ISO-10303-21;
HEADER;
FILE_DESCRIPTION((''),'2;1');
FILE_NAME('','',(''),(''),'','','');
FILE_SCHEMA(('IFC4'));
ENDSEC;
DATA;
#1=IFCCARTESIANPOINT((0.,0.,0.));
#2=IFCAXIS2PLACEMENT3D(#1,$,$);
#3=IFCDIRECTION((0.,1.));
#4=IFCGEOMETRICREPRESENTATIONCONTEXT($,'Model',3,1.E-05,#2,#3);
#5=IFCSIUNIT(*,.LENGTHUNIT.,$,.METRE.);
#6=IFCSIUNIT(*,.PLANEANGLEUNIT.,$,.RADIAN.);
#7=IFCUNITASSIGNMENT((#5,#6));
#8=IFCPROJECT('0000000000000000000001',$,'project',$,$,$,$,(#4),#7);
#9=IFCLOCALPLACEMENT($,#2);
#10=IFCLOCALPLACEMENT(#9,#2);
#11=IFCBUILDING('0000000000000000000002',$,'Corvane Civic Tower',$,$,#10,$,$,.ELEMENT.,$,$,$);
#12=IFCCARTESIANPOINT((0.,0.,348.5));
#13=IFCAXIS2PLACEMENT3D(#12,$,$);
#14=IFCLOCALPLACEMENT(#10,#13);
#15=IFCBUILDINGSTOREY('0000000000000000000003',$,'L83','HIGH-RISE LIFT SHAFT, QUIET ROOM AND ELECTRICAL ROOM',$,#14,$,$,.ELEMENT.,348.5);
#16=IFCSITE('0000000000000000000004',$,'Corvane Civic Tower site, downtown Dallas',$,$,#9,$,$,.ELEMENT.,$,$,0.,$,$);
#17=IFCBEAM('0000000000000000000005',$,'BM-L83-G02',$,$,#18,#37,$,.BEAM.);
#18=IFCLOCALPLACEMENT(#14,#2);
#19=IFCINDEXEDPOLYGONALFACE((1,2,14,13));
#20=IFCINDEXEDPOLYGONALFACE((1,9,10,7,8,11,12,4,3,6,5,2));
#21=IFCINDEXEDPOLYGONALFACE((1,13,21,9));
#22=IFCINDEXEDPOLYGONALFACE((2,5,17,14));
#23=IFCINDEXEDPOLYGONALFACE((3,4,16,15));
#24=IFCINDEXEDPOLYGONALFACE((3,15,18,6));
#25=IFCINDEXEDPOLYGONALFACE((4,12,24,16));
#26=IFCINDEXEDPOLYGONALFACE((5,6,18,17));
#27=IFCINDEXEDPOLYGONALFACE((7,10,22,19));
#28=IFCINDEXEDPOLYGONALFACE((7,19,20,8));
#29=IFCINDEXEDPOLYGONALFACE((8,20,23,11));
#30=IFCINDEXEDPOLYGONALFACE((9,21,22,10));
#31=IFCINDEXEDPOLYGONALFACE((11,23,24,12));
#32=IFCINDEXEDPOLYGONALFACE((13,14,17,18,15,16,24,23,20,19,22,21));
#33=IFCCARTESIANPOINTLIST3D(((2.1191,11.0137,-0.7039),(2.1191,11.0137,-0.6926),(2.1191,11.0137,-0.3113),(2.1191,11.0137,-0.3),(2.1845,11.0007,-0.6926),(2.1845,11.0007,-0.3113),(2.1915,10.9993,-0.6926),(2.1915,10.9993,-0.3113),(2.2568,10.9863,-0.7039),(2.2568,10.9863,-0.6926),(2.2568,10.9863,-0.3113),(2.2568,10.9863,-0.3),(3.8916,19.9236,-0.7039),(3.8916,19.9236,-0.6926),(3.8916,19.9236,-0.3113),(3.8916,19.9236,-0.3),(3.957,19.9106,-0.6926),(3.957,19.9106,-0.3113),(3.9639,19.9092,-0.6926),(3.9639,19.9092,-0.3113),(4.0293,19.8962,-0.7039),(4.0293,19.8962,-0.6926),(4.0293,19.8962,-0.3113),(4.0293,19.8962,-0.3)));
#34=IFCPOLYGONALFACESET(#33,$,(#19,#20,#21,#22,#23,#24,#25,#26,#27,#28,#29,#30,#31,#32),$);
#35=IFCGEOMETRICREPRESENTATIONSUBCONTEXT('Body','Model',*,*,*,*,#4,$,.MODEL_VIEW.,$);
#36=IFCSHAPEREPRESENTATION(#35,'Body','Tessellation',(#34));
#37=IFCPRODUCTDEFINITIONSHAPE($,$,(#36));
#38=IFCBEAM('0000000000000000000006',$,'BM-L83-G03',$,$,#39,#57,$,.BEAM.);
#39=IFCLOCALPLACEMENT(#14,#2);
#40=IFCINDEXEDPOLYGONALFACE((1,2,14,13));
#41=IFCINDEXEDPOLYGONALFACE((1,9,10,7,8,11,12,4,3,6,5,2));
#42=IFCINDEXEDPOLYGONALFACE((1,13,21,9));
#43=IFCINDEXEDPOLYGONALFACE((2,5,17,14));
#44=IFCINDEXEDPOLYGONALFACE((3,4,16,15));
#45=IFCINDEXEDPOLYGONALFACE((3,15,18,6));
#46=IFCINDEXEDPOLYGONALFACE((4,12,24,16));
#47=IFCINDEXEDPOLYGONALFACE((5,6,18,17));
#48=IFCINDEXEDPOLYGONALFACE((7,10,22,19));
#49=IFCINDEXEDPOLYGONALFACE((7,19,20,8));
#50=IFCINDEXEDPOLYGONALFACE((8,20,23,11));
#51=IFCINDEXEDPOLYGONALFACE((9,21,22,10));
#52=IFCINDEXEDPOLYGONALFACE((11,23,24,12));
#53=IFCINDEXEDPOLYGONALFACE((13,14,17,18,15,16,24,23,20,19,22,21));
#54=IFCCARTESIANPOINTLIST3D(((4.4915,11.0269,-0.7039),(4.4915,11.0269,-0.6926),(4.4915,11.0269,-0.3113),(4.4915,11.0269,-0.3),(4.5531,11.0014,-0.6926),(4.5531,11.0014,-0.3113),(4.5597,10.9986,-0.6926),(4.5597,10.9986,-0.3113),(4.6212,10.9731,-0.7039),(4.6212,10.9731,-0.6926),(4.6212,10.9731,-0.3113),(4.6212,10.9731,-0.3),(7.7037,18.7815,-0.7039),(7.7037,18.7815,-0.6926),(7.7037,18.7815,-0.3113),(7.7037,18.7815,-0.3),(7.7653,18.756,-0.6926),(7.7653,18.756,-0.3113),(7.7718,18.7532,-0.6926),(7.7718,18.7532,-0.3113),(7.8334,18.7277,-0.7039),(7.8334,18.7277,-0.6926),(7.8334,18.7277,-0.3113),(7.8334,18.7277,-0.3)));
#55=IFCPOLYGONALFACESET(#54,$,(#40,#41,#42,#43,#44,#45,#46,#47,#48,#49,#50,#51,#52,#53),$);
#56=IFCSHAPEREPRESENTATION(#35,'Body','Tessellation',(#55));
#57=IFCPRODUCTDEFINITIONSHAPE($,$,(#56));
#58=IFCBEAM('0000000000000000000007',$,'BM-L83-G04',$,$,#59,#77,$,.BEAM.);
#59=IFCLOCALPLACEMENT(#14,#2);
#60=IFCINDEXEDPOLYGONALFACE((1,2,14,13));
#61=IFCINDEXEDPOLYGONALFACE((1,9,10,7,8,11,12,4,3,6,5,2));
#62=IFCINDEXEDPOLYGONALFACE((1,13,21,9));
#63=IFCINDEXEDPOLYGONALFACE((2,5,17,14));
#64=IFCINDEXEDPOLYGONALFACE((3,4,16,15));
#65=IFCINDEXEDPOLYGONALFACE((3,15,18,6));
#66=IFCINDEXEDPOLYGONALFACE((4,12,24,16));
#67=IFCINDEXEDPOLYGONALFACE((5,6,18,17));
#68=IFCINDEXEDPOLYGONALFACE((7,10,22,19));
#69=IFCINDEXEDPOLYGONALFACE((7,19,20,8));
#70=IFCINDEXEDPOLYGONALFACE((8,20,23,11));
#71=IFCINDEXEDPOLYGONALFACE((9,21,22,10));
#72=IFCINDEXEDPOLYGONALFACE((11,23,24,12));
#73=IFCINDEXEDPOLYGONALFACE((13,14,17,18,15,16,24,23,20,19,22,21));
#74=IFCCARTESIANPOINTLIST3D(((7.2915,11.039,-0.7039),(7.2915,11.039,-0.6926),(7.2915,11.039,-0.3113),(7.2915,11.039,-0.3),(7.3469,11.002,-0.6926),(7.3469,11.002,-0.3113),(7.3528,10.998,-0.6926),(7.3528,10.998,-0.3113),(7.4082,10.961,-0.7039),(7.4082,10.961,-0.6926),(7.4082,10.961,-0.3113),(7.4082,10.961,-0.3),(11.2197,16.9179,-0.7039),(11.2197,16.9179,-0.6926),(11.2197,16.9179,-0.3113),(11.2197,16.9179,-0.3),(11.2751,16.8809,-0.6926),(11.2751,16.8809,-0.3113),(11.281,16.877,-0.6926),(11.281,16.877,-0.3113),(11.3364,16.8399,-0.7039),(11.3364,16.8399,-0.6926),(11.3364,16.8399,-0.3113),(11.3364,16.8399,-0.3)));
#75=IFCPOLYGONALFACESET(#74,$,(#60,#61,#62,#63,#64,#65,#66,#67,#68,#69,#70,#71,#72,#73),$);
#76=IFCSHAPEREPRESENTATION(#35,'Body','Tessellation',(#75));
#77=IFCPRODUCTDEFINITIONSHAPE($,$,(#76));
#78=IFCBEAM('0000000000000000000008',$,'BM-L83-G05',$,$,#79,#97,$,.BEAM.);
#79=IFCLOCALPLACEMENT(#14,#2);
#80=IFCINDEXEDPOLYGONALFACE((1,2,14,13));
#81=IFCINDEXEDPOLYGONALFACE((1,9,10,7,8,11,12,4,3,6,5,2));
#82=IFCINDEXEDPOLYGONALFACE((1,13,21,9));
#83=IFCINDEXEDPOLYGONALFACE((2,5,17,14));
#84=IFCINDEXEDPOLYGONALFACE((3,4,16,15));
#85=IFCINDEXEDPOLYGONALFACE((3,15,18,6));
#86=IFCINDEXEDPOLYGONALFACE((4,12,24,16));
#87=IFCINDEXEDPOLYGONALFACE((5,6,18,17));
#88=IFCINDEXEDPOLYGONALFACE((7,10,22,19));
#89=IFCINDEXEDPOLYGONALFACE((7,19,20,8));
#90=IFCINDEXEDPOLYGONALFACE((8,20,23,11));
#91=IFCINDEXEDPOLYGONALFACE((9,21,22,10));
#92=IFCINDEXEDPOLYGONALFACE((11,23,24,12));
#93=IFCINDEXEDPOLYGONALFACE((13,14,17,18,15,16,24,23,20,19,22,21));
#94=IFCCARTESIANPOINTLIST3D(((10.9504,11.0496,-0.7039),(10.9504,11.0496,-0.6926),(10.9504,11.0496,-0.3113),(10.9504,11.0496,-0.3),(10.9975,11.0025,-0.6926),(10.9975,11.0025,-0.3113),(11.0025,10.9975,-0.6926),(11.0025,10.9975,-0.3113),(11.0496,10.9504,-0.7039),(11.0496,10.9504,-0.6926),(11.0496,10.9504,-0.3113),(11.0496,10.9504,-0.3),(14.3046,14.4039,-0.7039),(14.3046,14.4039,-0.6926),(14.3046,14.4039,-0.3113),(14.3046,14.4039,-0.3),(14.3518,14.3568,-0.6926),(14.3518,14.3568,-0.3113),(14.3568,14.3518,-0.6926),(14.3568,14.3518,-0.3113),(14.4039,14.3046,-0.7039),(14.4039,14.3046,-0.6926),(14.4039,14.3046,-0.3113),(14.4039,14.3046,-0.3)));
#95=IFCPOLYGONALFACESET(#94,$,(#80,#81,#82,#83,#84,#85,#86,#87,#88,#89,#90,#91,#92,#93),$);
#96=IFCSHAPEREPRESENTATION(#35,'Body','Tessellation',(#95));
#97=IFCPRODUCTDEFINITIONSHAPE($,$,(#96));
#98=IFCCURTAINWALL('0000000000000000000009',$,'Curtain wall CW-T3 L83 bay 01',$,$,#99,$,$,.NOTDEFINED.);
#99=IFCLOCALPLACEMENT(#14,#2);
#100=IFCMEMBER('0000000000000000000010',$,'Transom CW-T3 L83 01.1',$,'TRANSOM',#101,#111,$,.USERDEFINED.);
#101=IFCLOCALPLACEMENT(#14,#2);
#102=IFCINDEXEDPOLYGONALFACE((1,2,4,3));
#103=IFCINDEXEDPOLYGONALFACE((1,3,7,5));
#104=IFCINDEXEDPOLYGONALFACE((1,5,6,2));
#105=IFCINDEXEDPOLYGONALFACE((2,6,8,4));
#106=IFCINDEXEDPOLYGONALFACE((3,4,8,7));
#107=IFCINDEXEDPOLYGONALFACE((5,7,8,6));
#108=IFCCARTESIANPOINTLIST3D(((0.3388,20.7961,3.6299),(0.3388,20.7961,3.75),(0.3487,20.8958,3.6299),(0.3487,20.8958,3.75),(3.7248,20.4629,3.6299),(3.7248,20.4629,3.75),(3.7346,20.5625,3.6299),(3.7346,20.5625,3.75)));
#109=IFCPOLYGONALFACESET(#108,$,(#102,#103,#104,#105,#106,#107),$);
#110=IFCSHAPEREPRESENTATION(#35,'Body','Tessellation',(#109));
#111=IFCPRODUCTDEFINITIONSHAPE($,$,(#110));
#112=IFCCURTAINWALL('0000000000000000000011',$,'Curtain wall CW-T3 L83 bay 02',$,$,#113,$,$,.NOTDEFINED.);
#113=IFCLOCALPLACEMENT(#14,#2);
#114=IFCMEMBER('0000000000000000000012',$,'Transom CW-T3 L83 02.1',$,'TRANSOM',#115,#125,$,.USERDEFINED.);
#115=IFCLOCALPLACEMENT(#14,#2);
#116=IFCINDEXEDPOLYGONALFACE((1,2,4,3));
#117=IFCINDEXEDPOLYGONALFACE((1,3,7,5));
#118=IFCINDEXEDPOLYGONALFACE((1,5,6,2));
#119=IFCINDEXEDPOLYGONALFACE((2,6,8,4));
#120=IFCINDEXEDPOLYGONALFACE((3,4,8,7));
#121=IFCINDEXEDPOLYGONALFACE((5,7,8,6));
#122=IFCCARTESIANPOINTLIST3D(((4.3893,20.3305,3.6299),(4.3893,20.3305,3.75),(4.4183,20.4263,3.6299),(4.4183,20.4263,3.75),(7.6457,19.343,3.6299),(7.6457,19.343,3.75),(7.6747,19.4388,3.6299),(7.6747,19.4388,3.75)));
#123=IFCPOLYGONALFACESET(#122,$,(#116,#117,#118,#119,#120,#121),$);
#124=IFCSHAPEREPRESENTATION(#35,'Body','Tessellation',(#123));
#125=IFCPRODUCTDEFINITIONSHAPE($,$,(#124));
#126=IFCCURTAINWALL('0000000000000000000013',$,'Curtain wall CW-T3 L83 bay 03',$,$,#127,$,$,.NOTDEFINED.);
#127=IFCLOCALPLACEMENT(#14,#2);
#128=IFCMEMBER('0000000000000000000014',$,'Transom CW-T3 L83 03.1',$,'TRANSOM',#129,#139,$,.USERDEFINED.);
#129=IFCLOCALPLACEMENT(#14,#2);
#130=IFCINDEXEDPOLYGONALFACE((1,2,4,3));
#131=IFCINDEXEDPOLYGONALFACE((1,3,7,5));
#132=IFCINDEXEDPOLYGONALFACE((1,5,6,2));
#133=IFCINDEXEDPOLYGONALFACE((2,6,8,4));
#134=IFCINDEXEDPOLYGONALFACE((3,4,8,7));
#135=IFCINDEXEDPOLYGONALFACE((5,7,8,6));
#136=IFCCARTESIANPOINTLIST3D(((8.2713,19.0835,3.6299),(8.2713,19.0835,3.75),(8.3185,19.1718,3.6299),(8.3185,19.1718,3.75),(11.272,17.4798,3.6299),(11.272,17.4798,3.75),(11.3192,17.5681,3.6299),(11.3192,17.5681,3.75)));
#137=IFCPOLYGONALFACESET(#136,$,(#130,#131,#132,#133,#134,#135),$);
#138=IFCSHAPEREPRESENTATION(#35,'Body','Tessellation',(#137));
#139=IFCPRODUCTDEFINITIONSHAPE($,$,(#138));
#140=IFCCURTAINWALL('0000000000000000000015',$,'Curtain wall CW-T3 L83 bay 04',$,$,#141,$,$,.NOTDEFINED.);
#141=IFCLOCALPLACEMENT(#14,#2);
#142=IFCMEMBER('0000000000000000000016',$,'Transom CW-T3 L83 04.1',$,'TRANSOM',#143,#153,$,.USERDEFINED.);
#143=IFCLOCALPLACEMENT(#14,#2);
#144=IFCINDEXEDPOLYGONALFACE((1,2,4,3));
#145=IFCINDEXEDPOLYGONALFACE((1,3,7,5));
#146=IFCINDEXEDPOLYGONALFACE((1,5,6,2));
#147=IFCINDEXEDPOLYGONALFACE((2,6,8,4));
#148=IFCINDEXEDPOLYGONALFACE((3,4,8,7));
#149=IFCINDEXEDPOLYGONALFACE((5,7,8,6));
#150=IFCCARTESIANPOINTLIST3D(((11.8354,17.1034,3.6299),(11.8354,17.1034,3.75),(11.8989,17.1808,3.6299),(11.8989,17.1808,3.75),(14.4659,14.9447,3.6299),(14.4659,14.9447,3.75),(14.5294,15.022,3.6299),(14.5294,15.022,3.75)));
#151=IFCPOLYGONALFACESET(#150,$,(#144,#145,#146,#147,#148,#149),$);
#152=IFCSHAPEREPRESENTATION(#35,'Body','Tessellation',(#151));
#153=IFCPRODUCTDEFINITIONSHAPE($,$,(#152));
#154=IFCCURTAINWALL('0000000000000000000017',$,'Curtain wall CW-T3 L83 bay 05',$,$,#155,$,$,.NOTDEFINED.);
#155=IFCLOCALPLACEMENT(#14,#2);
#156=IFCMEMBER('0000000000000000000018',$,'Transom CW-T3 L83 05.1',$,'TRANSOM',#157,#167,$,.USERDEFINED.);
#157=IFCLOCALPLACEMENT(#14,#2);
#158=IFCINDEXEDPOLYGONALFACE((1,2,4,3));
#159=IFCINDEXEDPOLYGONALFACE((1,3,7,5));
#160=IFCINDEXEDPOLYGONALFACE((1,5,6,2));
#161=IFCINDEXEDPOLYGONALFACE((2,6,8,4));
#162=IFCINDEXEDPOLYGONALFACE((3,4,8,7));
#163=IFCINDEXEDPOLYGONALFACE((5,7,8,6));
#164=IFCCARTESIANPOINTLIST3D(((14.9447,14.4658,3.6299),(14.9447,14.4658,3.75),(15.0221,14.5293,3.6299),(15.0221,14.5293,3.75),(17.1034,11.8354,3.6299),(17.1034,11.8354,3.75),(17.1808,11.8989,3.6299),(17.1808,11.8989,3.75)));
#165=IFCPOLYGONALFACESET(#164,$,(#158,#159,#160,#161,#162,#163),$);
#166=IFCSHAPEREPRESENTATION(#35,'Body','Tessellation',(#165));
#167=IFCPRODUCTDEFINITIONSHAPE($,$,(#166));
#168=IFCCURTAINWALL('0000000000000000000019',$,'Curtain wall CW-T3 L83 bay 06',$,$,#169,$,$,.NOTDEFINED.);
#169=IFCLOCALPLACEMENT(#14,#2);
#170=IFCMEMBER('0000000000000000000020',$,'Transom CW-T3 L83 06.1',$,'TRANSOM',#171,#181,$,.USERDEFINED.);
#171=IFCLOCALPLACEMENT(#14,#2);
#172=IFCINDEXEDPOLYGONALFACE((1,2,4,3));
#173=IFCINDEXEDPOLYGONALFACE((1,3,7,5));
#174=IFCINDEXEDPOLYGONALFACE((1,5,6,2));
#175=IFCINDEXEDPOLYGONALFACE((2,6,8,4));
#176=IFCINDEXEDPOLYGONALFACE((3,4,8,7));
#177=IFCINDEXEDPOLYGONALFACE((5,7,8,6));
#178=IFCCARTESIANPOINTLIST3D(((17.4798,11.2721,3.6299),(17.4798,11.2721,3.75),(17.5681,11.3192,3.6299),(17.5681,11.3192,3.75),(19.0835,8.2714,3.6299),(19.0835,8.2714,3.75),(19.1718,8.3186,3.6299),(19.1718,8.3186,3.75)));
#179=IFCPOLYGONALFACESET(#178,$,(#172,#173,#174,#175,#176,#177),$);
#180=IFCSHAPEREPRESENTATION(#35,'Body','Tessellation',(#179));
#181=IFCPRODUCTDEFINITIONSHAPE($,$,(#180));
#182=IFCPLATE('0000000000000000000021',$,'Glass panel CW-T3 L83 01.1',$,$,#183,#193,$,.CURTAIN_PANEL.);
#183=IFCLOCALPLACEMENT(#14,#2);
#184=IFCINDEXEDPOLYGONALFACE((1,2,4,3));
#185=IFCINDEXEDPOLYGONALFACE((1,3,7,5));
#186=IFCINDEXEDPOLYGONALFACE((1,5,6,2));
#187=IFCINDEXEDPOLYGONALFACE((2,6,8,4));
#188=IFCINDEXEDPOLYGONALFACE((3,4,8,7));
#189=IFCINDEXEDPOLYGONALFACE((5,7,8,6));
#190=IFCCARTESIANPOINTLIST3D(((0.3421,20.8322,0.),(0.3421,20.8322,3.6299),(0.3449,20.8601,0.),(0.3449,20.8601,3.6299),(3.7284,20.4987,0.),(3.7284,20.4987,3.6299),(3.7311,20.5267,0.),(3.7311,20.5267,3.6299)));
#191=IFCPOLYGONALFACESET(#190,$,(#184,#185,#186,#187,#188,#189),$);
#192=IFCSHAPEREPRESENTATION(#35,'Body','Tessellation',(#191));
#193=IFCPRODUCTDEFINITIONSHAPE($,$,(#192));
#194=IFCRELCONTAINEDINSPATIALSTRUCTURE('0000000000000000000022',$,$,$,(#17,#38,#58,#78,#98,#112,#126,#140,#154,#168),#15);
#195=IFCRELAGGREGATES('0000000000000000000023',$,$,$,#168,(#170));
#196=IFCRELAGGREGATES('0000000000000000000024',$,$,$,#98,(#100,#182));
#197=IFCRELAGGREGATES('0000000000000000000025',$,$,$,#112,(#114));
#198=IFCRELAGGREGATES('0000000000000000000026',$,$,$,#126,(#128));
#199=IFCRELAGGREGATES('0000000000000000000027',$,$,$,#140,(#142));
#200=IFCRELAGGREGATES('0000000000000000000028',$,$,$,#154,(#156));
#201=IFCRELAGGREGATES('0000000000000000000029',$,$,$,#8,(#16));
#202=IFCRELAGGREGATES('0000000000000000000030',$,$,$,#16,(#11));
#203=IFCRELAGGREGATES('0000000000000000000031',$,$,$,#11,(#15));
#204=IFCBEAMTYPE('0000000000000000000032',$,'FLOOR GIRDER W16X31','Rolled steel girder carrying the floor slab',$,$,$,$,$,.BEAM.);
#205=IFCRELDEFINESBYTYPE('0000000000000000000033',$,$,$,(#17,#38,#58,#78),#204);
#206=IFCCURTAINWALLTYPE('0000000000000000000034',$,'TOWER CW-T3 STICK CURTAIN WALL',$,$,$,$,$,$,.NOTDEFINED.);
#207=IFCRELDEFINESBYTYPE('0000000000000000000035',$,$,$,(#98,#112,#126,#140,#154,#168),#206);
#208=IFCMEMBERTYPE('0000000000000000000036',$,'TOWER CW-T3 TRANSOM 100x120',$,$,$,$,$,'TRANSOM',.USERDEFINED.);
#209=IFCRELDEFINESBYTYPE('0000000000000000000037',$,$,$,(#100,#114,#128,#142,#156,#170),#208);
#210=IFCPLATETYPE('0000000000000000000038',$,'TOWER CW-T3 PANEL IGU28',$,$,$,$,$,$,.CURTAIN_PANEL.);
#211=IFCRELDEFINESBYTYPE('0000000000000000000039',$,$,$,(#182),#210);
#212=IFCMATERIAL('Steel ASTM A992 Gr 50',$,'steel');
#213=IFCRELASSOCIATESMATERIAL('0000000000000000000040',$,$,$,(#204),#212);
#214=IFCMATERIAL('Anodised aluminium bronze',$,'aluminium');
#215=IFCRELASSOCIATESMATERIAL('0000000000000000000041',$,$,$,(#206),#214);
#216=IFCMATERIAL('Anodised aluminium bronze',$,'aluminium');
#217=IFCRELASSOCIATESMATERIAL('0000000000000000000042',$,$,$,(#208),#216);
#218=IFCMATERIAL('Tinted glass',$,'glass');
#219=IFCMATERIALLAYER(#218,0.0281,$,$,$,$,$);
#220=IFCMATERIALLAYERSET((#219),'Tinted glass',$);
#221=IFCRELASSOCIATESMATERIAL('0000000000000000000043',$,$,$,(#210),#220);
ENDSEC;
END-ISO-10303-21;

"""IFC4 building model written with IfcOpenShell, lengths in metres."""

from ifc_helpers import new_model, si_unit, direction, frame, origin, origin_2d, place, context, subcontext, project, spatial, rectangle, i_section, extrude, material, layer, layer_set, material_profile, profile_set, type_object, element, aggregate, save


model = new_model("IFC4")

# Units and contexts
model_context = context("Model", 3, precision=1e-05, world=origin(), true_north=direction((0.0, 1.0)))
body_context = subcontext(model_context, "Body", "Model", "MODEL_VIEW")
ifc_project = project(units=[si_unit("LENGTHUNIT", "METRE"), si_unit("PLANEANGLEUNIT", "RADIAN")], contexts=[model_context])

# Site, building, storey
site_placement = place(None, origin())
site = spatial("IfcSite", under=ifc_project, at=site_placement, Name="Corvane Civic Tower site, downtown Dallas", CompositionType="ELEMENT", RefElevation=0.0)
building_placement = place(site_placement, origin())
building = spatial("IfcBuilding", under=site, at=building_placement, Name="Corvane Civic Tower", CompositionType="ELEMENT")
storey_placement = place(building_placement, frame((0.0, 0.0, 348.5)))
storey = spatial("IfcBuildingStorey", under=building, at=storey_placement, Name="L83", Description="HIGH-RISE LIFT SHAFT, QUIET ROOM AND ELECTRICAL ROOM", CompositionType="ELEMENT", Elevation=348.5)

# Beams
ifc_material_1 = material(Name="Steel ASTM A992 Gr 50", Category="steel")
ifc_material_profile_1 = material_profile(ifc_material_1, i_section(OverallWidth=0.1404, OverallDepth=0.4038, WebThickness=0.0071, FlangeThickness=0.0112, at=origin_2d()), Name="W16X31")
ifc_profile_set_1 = profile_set([ifc_material_profile_1], Name="Steel ASTM A992 Gr 50")
beam_type_1 = type_object("IfcBeamType", Name="FLOOR GIRDER W16X31", Description="Rolled steel girder carrying the floor slab", PredefinedType="BEAM", material=ifc_profile_set_1)
beam_1_placement = place(storey_placement, frame((2.188, 11.0, -0.502), z_axis=(0.195108, 0.980782, 0.0), x_axis=(-0.980782, 0.195108, 0.0)))
element("IfcBeam", 1, at=beam_1_placement, inside=storey, type_object=beam_type_1, Name="BM-L83-G02", PredefinedType="BEAM", context=body_context, shape_type="SweptSolid", body=[
    extrude(i_section(OverallWidth=0.1404, OverallDepth=0.4038, WebThickness=0.0071, FlangeThickness=0.0112, at=origin_2d()), origin(), (0.0, 0.0, 1.0), 9.0845),
])
beam_2_placement = place(storey_placement, frame((4.5564, 11.0, -0.502), z_axis=(0.382692, 0.923876, 0.0), x_axis=(-0.923876, 0.382692, 0.0)))
element("IfcBeam", 2, at=beam_2_placement, inside=storey, type_object=beam_type_1, Name="BM-L83-G03", PredefinedType="BEAM", context=body_context, shape_type="SweptSolid", body=[
    extrude(i_section(OverallWidth=0.1404, OverallDepth=0.4038, WebThickness=0.0071, FlangeThickness=0.0112, at=origin_2d()), origin(), (0.0, 0.0, 1.0), 8.3936),
])
beam_3_placement = place(storey_placement, frame((7.3499, 11.0, -0.502), z_axis=(0.555576, 0.831465, 0.0), x_axis=(-0.831465, 0.555576, 0.0)))
element("IfcBeam", 3, at=beam_3_placement, inside=storey, type_object=beam_type_1, Name="BM-L83-G04", PredefinedType="BEAM", context=body_context, shape_type="SweptSolid", body=[
    extrude(i_section(OverallWidth=0.1404, OverallDepth=0.4038, WebThickness=0.0071, FlangeThickness=0.0112, at=origin_2d()), origin(), (0.0, 0.0, 1.0), 7.0706),
])
beam_4_placement = place(storey_placement, frame((11.0, 11.0, -0.502), z_axis=(0.707107, 0.707107, 0.0), x_axis=(-0.707107, 0.707107, 0.0)))
element("IfcBeam", 4, at=beam_4_placement, inside=storey, type_object=beam_type_1, Name="BM-L83-G05", PredefinedType="BEAM", context=body_context, shape_type="SweptSolid", body=[
    extrude(i_section(OverallWidth=0.1404, OverallDepth=0.4038, WebThickness=0.0071, FlangeThickness=0.0112, at=origin_2d()), origin(), (0.0, 0.0, 1.0), 4.7437),
])

# Curtain walls, members
ifc_material_2 = material(Name="Anodised aluminium bronze", Category="aluminium")
curtain_wall_type = type_object("IfcCurtainWallType", Name="TOWER CW-T3 STICK CURTAIN WALL", PredefinedType="NOTDEFINED", material=ifc_material_2)
curtain_wall_1_placement = place(storey_placement, origin())
curtain_wall_1 = element("IfcCurtainWall", 5, at=curtain_wall_1_placement, inside=storey, type_object=curtain_wall_type, Name="Curtain wall CW-T3 L83 bay 01", PredefinedType="NOTDEFINED")
ifc_material_3 = material(Name="Anodised aluminium bronze", Category="aluminium")
ifc_material_profile_2 = material_profile(ifc_material_3, rectangle(XDim=0.1001, YDim=0.1201, at=origin_2d()), Name="TOWER CW-T3 TRANSOM 100x120")
ifc_profile_set_2 = profile_set([ifc_material_profile_2], Name="Anodised aluminium bronze")
member_type = type_object("IfcMemberType", Name="TOWER CW-T3 TRANSOM 100x120", ElementType="TRANSOM", PredefinedType="USERDEFINED", material=ifc_profile_set_2)
member_1_placement = place(storey_placement, frame((0.3438, 20.8459, 3.6899), z_axis=(0.995192, -0.097948, 0.0), x_axis=(0.097948, 0.995192, 0.0)))
member_1 = element("IfcMember", 6, at=member_1_placement, type_object=member_type, Name="Transom CW-T3 L83 01.1", ObjectType="TRANSOM", PredefinedType="USERDEFINED", context=body_context, shape_type="SweptSolid", body=[
    extrude(rectangle(XDim=0.1001, YDim=0.1201, at=origin_2d()), origin(), (0.0, 0.0, 1.0), 3.4023),
])
curtain_wall_2_placement = place(storey_placement, origin())
curtain_wall_2 = element("IfcCurtainWall", 7, at=curtain_wall_2_placement, inside=storey, type_object=curtain_wall_type, Name="Curtain wall CW-T3 L83 bay 02", PredefinedType="NOTDEFINED")
member_2_placement = place(storey_placement, frame((4.4038, 20.3784, 3.6899), z_axis=(0.956961, -0.290216, 0.0), x_axis=(0.290216, 0.956961, 0.0)))
member_2 = element("IfcMember", 8, at=member_2_placement, type_object=member_type, Name="Transom CW-T3 L83 02.1", ObjectType="TRANSOM", PredefinedType="USERDEFINED", context=body_context, shape_type="SweptSolid", body=[
    extrude(rectangle(XDim=0.1001, YDim=0.1201, at=origin_2d()), origin(), (0.0, 0.0, 1.0), 3.4028),
])
curtain_wall_3_placement = place(storey_placement, origin())
curtain_wall_3 = element("IfcCurtainWall", 9, at=curtain_wall_3_placement, inside=storey, type_object=curtain_wall_type, Name="Curtain wall CW-T3 L83 bay 03", PredefinedType="NOTDEFINED")
member_3_placement = place(storey_placement, frame((8.2949, 19.1277, 3.6899), z_axis=(0.881941, -0.471359, 0.0), x_axis=(0.471359, 0.881941, 0.0)))
member_3 = element("IfcMember", 10, at=member_3_placement, type_object=member_type, Name="Transom CW-T3 L83 03.1", ObjectType="TRANSOM", PredefinedType="USERDEFINED", context=body_context, shape_type="SweptSolid", body=[
    extrude(rectangle(XDim=0.1001, YDim=0.1201, at=origin_2d()), origin(), (0.0, 0.0, 1.0), 3.4023),
])
curtain_wall_4_placement = place(storey_placement, origin())
curtain_wall_4 = element("IfcCurtainWall", 11, at=curtain_wall_4_placement, inside=storey, type_object=curtain_wall_type, Name="Curtain wall CW-T3 L83 bay 04", PredefinedType="NOTDEFINED")
member_4_placement = place(storey_placement, frame((11.8672, 17.1421, 3.6899), z_axis=(0.77301, -0.634394, 0.0), x_axis=(0.634394, 0.77301, 0.0)))
member_4 = element("IfcMember", 12, at=member_4_placement, type_object=member_type, Name="Transom CW-T3 L83 04.1", ObjectType="TRANSOM", PredefinedType="USERDEFINED", context=body_context, shape_type="SweptSolid", body=[
    extrude(rectangle(XDim=0.1001, YDim=0.1201, at=origin_2d()), origin(), (0.0, 0.0, 1.0), 3.4028),
])
curtain_wall_5_placement = place(storey_placement, origin())
curtain_wall_5 = element("IfcCurtainWall", 13, at=curtain_wall_5_placement, inside=storey, type_object=curtain_wall_type, Name="Curtain wall CW-T3 L83 bay 05", PredefinedType="NOTDEFINED")
member_5_placement = place(storey_placement, frame((14.9834, 14.4976, 3.6899), z_axis=(0.634394, -0.77301, 0.0), x_axis=(0.77301, 0.634394, 0.0)))
member_5 = element("IfcMember", 14, at=member_5_placement, type_object=member_type, Name="Transom CW-T3 L83 05.1", ObjectType="TRANSOM", PredefinedType="USERDEFINED", context=body_context, shape_type="SweptSolid", body=[
    extrude(rectangle(XDim=0.1001, YDim=0.1201, at=origin_2d()), origin(), (0.0, 0.0, 1.0), 3.4028),
])
curtain_wall_6_placement = place(storey_placement, origin())
curtain_wall_6 = element("IfcCurtainWall", 15, at=curtain_wall_6_placement, inside=storey, type_object=curtain_wall_type, Name="Curtain wall CW-T3 L83 bay 06", PredefinedType="NOTDEFINED")
member_6_placement = place(storey_placement, frame((17.5239, 11.2957, 3.6899), z_axis=(0.471359, -0.881941, 0.0), x_axis=(0.881941, 0.471359, 0.0)))
member_6 = element("IfcMember", 16, at=member_6_placement, type_object=member_type, Name="Transom CW-T3 L83 06.1", ObjectType="TRANSOM", PredefinedType="USERDEFINED", context=body_context, shape_type="SweptSolid", body=[
    extrude(rectangle(XDim=0.1001, YDim=0.1201, at=origin_2d()), origin(), (0.0, 0.0, 1.0), 3.4023),
])
aggregate(curtain_wall_6, [member_6])

# Plate
ifc_material_4 = material(Name="Tinted glass", Category="glass")
ifc_layer_1 = layer(ifc_material_4, 0.0281)
ifc_layer_set_1 = layer_set([ifc_layer_1], Name="Tinted glass")
plate_type = type_object("IfcPlateType", Name="TOWER CW-T3 PANEL IGU28", PredefinedType="CURTAIN_PANEL", material=ifc_layer_set_1)
plate_1_placement = place(storey_placement, frame((2.0366, 20.6794, 0.0), z_axis=(0.0, 0.0, 1.0), x_axis=(0.995187, -0.097998, 0.0)))
plate_1 = element("IfcPlate", 17, at=plate_1_placement, type_object=plate_type, Name="Glass panel CW-T3 L83 01.1", PredefinedType="CURTAIN_PANEL", context=body_context, shape_type="SweptSolid", body=[
    extrude(rectangle(XDim=3.4026, YDim=0.0281, at=origin_2d()), origin(), (0.0, 0.0, 1.0), 3.6299),
])
aggregate(curtain_wall_1, [member_1, plate_1])
aggregate(curtain_wall_2, [member_2])
aggregate(curtain_wall_3, [member_3])
aggregate(curtain_wall_4, [member_4])
aggregate(curtain_wall_5, [member_5])

save(model, "model.ifc")
